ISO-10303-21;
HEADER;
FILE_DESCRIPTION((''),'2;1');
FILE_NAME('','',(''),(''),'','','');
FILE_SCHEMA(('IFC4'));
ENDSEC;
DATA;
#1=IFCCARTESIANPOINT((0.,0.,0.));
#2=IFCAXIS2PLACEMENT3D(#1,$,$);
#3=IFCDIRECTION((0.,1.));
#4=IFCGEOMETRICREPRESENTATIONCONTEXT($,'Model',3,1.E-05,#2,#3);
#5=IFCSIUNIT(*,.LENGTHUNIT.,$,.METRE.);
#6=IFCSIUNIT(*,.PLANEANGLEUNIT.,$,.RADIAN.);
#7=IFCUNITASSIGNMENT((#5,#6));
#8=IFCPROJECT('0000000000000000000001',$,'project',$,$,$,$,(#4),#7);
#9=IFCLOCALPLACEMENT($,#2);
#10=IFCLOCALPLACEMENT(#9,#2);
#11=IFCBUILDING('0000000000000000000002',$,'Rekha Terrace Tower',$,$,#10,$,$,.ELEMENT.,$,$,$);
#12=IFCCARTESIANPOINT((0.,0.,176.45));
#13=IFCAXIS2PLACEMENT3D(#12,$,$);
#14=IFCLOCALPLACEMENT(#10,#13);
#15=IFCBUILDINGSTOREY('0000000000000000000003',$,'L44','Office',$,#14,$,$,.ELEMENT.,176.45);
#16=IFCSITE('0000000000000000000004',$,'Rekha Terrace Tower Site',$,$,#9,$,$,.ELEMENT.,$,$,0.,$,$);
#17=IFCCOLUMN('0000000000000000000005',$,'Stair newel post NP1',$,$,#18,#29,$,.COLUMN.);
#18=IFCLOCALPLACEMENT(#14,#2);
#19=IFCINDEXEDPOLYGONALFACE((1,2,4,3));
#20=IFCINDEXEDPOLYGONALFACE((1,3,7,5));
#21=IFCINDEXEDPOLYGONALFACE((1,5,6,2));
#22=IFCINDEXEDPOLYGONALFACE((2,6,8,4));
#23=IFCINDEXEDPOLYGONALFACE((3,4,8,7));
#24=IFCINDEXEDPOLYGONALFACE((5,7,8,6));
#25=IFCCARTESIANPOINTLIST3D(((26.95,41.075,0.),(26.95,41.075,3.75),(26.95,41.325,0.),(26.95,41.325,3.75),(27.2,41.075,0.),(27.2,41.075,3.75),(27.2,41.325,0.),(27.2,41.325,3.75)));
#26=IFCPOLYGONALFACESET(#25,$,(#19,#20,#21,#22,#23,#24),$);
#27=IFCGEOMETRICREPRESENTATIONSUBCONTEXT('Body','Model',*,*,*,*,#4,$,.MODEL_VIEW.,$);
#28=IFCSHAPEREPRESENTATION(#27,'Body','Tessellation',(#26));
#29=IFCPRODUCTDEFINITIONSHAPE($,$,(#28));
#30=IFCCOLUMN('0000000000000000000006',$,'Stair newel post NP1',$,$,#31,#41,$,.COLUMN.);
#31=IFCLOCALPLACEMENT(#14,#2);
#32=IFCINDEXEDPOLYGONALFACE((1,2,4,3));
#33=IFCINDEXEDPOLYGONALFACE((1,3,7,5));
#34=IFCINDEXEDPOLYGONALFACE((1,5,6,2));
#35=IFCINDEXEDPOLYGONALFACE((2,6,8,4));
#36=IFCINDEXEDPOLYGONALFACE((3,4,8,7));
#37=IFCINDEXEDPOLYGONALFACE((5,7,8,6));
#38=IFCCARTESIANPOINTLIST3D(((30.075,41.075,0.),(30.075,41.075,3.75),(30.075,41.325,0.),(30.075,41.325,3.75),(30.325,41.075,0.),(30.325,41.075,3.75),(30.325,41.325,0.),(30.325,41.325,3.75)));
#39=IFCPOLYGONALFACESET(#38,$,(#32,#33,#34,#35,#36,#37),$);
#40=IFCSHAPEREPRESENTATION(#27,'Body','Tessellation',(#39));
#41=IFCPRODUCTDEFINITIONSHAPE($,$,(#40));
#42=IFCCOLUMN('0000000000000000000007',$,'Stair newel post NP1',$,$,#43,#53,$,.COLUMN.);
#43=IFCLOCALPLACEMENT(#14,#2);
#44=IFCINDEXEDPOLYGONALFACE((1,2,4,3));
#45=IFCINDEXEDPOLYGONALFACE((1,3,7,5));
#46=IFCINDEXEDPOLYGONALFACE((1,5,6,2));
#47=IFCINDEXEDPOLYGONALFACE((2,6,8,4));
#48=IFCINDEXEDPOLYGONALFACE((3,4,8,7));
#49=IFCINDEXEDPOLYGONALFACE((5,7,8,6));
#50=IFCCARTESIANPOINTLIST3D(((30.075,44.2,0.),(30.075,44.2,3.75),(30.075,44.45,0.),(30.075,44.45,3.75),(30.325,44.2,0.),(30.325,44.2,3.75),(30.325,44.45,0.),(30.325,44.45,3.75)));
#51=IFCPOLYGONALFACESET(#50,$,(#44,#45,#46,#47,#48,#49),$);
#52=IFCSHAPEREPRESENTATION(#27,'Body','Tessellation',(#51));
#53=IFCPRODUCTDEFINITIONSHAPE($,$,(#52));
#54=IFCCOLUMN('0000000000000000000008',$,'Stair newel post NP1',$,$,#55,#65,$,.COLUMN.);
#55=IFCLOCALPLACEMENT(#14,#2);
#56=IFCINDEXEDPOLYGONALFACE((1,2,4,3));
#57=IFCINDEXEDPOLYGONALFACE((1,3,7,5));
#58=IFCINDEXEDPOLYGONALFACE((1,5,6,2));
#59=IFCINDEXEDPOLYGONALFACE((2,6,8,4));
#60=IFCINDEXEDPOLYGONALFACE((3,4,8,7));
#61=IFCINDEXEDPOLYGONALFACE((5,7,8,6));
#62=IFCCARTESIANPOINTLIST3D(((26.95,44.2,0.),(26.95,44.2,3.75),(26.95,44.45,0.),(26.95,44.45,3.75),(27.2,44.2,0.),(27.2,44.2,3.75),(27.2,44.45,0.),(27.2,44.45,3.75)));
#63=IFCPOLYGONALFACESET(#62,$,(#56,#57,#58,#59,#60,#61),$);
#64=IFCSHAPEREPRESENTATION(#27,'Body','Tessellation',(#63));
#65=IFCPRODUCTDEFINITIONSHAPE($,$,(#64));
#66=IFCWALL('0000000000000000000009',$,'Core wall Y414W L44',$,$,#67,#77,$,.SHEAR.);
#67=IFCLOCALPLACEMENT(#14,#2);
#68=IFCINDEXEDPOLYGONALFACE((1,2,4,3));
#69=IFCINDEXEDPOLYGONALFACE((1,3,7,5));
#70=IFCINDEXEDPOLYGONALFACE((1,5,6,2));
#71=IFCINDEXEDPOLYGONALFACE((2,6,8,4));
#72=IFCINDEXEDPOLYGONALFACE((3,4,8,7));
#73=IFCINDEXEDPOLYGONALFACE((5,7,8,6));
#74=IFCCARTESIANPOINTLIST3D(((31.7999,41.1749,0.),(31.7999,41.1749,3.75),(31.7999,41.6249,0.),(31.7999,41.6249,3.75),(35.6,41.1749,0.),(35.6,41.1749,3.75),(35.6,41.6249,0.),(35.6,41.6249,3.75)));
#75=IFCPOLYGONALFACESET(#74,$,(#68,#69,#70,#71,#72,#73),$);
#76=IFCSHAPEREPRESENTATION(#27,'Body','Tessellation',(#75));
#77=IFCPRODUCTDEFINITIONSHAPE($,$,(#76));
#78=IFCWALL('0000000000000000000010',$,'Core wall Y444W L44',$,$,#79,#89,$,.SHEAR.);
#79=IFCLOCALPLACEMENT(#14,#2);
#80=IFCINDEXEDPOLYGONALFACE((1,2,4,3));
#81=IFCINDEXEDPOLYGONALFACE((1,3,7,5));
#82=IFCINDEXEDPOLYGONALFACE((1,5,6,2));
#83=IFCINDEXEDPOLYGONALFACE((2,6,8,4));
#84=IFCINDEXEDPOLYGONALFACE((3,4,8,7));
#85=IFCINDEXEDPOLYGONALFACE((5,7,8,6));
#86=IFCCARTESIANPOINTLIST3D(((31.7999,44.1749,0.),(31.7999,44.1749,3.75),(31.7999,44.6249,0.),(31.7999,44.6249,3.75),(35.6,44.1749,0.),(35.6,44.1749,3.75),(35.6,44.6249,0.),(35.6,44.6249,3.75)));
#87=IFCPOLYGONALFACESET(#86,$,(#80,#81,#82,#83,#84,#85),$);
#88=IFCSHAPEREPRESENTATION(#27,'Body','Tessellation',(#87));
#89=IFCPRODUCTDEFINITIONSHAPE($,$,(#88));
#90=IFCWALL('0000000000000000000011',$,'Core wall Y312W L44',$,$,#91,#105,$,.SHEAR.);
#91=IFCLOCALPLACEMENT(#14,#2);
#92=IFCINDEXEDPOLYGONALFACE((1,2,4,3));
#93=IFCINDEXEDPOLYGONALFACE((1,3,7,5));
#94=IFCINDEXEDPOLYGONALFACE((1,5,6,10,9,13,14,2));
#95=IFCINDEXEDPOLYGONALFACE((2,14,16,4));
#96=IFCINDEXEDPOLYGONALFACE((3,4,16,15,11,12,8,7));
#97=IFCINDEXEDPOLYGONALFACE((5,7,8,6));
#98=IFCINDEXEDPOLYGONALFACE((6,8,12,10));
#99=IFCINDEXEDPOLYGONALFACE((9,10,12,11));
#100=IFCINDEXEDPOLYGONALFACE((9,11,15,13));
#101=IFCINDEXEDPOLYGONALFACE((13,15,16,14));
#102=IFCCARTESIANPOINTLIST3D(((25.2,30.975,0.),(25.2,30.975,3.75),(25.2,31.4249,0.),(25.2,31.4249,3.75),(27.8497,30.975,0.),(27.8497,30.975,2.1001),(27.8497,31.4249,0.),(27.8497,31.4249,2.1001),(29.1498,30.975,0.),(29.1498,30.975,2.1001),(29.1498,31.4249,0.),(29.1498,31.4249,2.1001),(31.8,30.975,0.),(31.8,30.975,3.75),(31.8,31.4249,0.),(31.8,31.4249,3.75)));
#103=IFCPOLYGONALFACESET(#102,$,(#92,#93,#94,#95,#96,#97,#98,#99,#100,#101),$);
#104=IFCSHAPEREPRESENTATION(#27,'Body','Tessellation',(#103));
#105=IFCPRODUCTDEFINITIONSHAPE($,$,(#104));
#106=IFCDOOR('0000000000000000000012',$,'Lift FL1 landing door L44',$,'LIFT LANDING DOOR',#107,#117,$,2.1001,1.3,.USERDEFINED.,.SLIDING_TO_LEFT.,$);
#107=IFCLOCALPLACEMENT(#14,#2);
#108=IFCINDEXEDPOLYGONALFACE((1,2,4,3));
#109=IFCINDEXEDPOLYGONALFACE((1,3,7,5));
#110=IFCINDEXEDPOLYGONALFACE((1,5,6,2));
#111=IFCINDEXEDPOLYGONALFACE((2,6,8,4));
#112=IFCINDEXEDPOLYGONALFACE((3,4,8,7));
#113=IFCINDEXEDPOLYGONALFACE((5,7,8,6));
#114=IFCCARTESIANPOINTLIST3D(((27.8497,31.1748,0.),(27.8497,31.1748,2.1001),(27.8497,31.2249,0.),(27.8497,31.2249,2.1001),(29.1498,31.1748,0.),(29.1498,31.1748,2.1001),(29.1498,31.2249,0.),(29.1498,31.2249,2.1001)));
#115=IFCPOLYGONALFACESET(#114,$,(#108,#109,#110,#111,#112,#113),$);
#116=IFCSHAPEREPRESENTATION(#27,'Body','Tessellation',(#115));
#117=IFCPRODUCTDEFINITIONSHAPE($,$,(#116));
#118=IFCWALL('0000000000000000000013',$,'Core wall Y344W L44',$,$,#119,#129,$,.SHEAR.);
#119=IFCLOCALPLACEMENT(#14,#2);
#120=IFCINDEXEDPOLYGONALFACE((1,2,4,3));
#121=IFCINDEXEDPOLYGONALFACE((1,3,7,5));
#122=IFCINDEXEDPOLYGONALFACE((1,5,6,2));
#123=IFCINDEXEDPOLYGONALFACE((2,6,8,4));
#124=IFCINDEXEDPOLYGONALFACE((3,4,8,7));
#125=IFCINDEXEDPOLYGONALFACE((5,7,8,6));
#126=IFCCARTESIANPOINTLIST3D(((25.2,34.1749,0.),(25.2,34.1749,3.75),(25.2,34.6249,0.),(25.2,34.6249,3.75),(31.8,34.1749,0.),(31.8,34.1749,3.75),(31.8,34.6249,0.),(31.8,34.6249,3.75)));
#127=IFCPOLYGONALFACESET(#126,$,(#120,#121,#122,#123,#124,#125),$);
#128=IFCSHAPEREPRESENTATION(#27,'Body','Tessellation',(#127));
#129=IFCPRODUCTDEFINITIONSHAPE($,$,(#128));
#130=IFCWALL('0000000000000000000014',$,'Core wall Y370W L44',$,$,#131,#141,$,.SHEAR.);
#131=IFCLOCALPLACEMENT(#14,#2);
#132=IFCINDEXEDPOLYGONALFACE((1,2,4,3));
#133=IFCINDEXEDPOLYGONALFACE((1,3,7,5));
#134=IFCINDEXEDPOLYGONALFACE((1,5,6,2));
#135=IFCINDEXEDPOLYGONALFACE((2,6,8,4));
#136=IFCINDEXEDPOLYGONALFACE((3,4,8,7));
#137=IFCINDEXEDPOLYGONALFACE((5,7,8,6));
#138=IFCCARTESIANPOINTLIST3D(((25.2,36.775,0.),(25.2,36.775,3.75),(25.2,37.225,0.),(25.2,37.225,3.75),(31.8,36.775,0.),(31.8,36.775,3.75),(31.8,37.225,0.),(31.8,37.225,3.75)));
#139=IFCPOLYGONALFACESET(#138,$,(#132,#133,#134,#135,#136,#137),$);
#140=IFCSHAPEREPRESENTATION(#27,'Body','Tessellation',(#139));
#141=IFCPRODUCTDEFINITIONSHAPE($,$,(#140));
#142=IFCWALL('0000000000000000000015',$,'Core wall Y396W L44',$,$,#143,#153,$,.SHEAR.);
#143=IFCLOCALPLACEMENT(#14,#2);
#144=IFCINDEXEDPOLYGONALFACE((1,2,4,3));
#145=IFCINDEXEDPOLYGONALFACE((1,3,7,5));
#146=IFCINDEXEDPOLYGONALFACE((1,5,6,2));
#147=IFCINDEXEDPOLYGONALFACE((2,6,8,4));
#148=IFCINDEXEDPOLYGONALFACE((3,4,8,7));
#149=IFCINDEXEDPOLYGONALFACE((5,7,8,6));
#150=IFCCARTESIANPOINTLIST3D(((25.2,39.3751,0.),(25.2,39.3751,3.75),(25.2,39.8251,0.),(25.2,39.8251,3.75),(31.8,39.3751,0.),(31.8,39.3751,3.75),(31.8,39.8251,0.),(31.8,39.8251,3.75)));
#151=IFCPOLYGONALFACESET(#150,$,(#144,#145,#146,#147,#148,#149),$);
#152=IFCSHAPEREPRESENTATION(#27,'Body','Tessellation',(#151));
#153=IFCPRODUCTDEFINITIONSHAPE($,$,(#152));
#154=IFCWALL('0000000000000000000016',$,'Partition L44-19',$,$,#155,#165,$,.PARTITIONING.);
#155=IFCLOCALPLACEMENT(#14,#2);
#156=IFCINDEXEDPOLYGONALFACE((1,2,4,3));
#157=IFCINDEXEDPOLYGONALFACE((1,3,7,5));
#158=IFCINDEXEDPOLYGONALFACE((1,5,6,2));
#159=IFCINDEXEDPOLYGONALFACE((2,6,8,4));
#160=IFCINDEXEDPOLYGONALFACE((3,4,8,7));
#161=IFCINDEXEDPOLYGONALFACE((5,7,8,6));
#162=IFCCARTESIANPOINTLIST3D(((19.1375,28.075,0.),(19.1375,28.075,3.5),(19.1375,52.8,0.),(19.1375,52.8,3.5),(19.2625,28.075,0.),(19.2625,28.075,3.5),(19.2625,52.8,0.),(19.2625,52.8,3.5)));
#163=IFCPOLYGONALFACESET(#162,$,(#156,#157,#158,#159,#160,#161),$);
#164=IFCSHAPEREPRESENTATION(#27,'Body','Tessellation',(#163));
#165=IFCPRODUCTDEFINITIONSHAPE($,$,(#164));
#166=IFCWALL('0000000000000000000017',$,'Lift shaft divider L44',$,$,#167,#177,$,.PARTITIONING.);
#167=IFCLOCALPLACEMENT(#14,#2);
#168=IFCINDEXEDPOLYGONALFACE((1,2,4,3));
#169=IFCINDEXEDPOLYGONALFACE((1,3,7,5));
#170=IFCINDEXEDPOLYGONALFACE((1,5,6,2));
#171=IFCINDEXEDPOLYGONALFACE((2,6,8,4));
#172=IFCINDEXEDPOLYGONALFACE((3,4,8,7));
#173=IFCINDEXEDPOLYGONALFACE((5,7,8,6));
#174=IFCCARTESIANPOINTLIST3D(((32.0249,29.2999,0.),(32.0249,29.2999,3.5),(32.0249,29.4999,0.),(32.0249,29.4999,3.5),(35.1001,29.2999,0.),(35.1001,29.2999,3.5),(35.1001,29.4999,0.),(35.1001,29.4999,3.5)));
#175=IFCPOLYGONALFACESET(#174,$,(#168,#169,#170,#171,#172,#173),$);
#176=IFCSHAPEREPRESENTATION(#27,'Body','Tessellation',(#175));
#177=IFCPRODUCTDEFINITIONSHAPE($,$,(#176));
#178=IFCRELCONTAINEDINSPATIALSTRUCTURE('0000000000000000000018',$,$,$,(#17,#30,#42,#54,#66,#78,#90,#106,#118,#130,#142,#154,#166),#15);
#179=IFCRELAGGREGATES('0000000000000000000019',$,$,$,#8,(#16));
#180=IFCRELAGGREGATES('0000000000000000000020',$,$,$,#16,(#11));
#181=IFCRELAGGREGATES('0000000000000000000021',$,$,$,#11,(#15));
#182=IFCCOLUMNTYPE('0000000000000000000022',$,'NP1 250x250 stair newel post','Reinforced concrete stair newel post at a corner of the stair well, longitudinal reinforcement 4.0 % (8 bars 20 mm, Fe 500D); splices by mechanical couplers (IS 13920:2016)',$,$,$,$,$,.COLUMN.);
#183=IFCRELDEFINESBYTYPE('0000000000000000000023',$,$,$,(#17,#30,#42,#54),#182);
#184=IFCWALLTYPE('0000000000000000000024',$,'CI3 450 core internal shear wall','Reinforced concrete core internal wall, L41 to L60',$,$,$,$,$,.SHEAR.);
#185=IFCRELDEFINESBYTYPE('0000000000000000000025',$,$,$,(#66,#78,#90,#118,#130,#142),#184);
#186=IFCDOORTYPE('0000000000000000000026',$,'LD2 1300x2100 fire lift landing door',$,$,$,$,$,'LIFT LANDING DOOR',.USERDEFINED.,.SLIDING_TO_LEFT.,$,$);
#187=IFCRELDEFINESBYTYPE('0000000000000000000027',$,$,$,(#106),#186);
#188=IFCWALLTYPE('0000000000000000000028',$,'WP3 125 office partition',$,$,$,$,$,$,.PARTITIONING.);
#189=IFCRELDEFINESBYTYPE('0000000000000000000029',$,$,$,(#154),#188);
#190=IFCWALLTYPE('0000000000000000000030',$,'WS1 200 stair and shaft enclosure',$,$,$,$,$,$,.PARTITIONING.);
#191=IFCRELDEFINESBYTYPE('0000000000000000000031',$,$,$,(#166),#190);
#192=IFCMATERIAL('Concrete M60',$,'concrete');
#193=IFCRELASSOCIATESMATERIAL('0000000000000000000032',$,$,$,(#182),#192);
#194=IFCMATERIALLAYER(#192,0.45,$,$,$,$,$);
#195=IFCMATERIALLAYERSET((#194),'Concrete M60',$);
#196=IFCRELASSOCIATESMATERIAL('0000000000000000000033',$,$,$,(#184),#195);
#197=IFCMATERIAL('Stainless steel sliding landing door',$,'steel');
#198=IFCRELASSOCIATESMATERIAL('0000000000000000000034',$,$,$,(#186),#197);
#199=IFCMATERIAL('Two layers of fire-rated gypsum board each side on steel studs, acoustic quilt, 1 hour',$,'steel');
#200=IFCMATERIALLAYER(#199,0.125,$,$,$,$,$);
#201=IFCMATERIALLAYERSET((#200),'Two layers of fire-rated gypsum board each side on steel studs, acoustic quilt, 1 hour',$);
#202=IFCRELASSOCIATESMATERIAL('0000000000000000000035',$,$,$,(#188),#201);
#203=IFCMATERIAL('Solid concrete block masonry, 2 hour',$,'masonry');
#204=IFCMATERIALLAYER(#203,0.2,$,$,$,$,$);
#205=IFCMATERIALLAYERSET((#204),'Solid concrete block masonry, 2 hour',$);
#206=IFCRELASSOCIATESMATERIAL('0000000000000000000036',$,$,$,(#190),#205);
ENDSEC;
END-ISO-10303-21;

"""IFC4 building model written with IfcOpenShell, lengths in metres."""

from ifc_helpers import new_model, si_unit, direction, frame, frame_2d, origin, origin_2d, place, context, subcontext, project, spatial, rectangle, extrude, material, layer, layer_set, material_profile, profile_set, type_object, element, fill, save


model = new_model("IFC4")

# Units and contexts
model_context = context("Model", 3, precision=1e-05, world=origin(), true_north=direction((0.0, 1.0)))
body_context = subcontext(model_context, "Body", "Model", "MODEL_VIEW")
ifc_project = project(units=[si_unit("LENGTHUNIT", "METRE"), si_unit("PLANEANGLEUNIT", "RADIAN")], contexts=[model_context])

# Site, building, storey
site_placement = place(None, origin())
site = spatial("IfcSite", under=ifc_project, at=site_placement, Name="Rekha Terrace Tower Site", CompositionType="ELEMENT", RefElevation=0.0)
building_placement = place(site_placement, origin())
building = spatial("IfcBuilding", under=site, at=building_placement, Name="Rekha Terrace Tower", CompositionType="ELEMENT")
storey_placement = place(building_placement, frame((0.0, 0.0, 176.45)))
storey = spatial("IfcBuildingStorey", under=building, at=storey_placement, Name="L44", Description="Office", CompositionType="ELEMENT", Elevation=176.45)

# Columns
ifc_material_1 = material(Name="Concrete M60", Category="concrete")
ifc_material_profile = material_profile(ifc_material_1, rectangle(XDim=0.25, YDim=0.25, at=origin_2d()), Name="RC 250x250")
ifc_profile_set = profile_set([ifc_material_profile], Name="Concrete M60")
column_type = type_object("IfcColumnType", Name="NP1 250x250 stair newel post", Description="Reinforced concrete stair newel post at a corner of the stair well, longitudinal reinforcement 4.0 % (8 bars 20 mm, Fe 500D); splices by mechanical couplers (IS 13920:2016)", PredefinedType="COLUMN", material=ifc_profile_set)
for number, where, z_axis, x_axis, name in (
    (1, (27.075, 41.2, 0.0), (0.0, 0.0, 1.0), (1.0, 0.0, 0.0), "Stair newel post NP1"),
    (2, (30.2, 41.2, 0.0), (0.0, 0.0, 1.0), (1.0, 0.0, 0.0), "Stair newel post NP1"),
    (3, (30.2, 44.325, 0.0), (0.0, 0.0, 1.0), (1.0, 0.0, 0.0), "Stair newel post NP1"),
    (4, (27.075, 44.325, 0.0), (0.0, 0.0, 1.0), (1.0, 0.0, 0.0), "Stair newel post NP1"),
):
    element("IfcColumn", number, at=place(storey_placement, frame(where, z_axis=z_axis, x_axis=x_axis)), inside=storey, type_object=column_type, Name=name, PredefinedType="COLUMN", context=body_context, shape_type="SweptSolid", body=[
        extrude(rectangle(XDim=0.25, YDim=0.25, at=origin_2d()), origin(), (0.0, 0.0, 1.0), 3.75),
    ])

# Walls
ifc_layer_1 = layer(ifc_material_1, 0.45)
ifc_layer_set_1 = layer_set([ifc_layer_1], Name="Concrete M60")
wall_type_1 = type_object("IfcWallType", Name="CI3 450 core internal shear wall", Description="Reinforced concrete core internal wall, L41 to L60", PredefinedType="SHEAR", material=ifc_layer_set_1)
for number, where, z_axis, x_axis, name in (
    (5, (31.8, 41.3999, 0.0), (0.0, 0.0, 1.0), (1.0, 0.0, 0.0), "Core wall Y414W L44"),
    (6, (31.8, 44.3999, 0.0), (0.0, 0.0, 1.0), (1.0, 0.0, 0.0), "Core wall Y444W L44"),
):
    element("IfcWall", number, at=place(storey_placement, frame(where, z_axis=z_axis, x_axis=x_axis)), inside=storey, type_object=wall_type_1, Name=name, PredefinedType="SHEAR", context=body_context, shape_type="SweptSolid", body=[
        extrude(rectangle(XDim=3.8, YDim=0.45, at=frame_2d((1.8999, 0.0))), origin(), (0.0, 0.0, 1.0), 3.75),
    ])

# Wall, opening, door
wall_1_placement = place(storey_placement, frame((25.2, 31.2, 0.0), z_axis=(0.0, 0.0, 1.0), x_axis=(1.0, 0.0, 0.0)))
wall_1 = element("IfcWall", 7, at=wall_1_placement, inside=storey, type_object=wall_type_1, Name="Core wall Y312W L44", PredefinedType="SHEAR", context=body_context, shape_type="SweptSolid", body=[
    extrude(rectangle(XDim=6.6001, YDim=0.45, at=frame_2d((3.3, 0.0))), origin(), (0.0, 0.0, 1.0), 3.75),
])
opening_placement = place(wall_1_placement, frame((2.6499, 0.0, 0.0)))
opening = element("IfcOpeningElement", 8, at=opening_placement, cuts=wall_1, PredefinedType="OPENING", context=body_context, shape_type="SweptSolid", body=[
    extrude(rectangle(XDim=1.3, YDim=2.1001, at=frame_2d((0.6499, 1.05))), frame((0.0, 0.2349, 0.0), z_axis=(0.0, -1.0, 0.0), x_axis=(1.0, 0.0, 0.0)), (0.0, 0.0, 1.0), 0.47),
])
ifc_material_2 = material(Name="Stainless steel sliding landing door", Category="steel")
door_type = type_object("IfcDoorType", Name="LD2 1300x2100 fire lift landing door", ElementType="LIFT LANDING DOOR", OperationType="SLIDING_TO_LEFT", PredefinedType="USERDEFINED", material=ifc_material_2)
door_placement = place(opening_placement, origin())
door = element("IfcDoor", 9, at=door_placement, inside=storey, type_object=door_type, Name="Lift FL1 landing door L44", ObjectType="LIFT LANDING DOOR", OperationType="SLIDING_TO_LEFT", OverallHeight=2.1001, OverallWidth=1.3, PredefinedType="USERDEFINED", context=body_context, shape_type="SweptSolid", body=[
    extrude(rectangle(XDim=1.3, YDim=2.1001, at=frame_2d((0.6499, 1.05))), frame((0.0, 0.0249, 0.0), z_axis=(0.0, -1.0, 0.0), x_axis=(1.0, 0.0, 0.0)), (0.0, 0.0, 1.0), 0.05),
])
fill(opening, door)

# Walls
for number, where, z_axis, x_axis, name in (
    (10, (25.2, 34.3999, 0.0), (0.0, 0.0, 1.0), (1.0, 0.0, 0.0), "Core wall Y344W L44"),
    (11, (25.2, 37.0, 0.0), (0.0, 0.0, 1.0), (1.0, 0.0, 0.0), "Core wall Y370W L44"),
    (12, (25.2, 39.6001, 0.0), (0.0, 0.0, 1.0), (1.0, 0.0, 0.0), "Core wall Y396W L44"),
):
    element("IfcWall", number, at=place(storey_placement, frame(where, z_axis=z_axis, x_axis=x_axis)), inside=storey, type_object=wall_type_1, Name=name, PredefinedType="SHEAR", context=body_context, shape_type="SweptSolid", body=[
        extrude(rectangle(XDim=6.6001, YDim=0.45, at=frame_2d((3.3, 0.0))), origin(), (0.0, 0.0, 1.0), 3.75),
    ])
ifc_material_3 = material(Name="Two layers of fire-rated gypsum board each side on steel studs, acoustic quilt, 1 hour", Category="steel")
ifc_layer_2 = layer(ifc_material_3, 0.125)
ifc_layer_set_2 = layer_set([ifc_layer_2], Name="Two layers of fire-rated gypsum board each side on steel studs, acoustic quilt, 1 hour")
wall_type_2 = type_object("IfcWallType", Name="WP3 125 office partition", PredefinedType="PARTITIONING", material=ifc_layer_set_2)
wall_2_placement = place(storey_placement, frame((19.2, 28.075, 0.0), z_axis=(0.0, 0.0, 1.0), x_axis=(0.0, 1.0, 0.0)))
element("IfcWall", 13, at=wall_2_placement, inside=storey, type_object=wall_type_2, Name="Partition L44-19", PredefinedType="PARTITIONING", context=body_context, shape_type="SweptSolid", body=[
    extrude(rectangle(XDim=24.7251, YDim=0.125, at=frame_2d((12.3625, 0.0))), origin(), (0.0, 0.0, 1.0), 3.5),
])
ifc_material_4 = material(Name="Solid concrete block masonry, 2 hour", Category="masonry")
ifc_layer_3 = layer(ifc_material_4, 0.2)
ifc_layer_set_3 = layer_set([ifc_layer_3], Name="Solid concrete block masonry, 2 hour")
wall_type_3 = type_object("IfcWallType", Name="WS1 200 stair and shaft enclosure", PredefinedType="PARTITIONING", material=ifc_layer_set_3)
wall_3_placement = place(storey_placement, frame((32.0249, 29.3999, 0.0), z_axis=(0.0, 0.0, 1.0), x_axis=(1.0, 0.0, 0.0)))
element("IfcWall", 14, at=wall_3_placement, inside=storey, type_object=wall_type_3, Name="Lift shaft divider L44", PredefinedType="PARTITIONING", context=body_context, shape_type="SweptSolid", body=[
    extrude(rectangle(XDim=3.0752, YDim=0.2, at=frame_2d((1.5376, 0.0))), origin(), (0.0, 0.0, 1.0), 3.5),
])

save(model, "model.ifc")
